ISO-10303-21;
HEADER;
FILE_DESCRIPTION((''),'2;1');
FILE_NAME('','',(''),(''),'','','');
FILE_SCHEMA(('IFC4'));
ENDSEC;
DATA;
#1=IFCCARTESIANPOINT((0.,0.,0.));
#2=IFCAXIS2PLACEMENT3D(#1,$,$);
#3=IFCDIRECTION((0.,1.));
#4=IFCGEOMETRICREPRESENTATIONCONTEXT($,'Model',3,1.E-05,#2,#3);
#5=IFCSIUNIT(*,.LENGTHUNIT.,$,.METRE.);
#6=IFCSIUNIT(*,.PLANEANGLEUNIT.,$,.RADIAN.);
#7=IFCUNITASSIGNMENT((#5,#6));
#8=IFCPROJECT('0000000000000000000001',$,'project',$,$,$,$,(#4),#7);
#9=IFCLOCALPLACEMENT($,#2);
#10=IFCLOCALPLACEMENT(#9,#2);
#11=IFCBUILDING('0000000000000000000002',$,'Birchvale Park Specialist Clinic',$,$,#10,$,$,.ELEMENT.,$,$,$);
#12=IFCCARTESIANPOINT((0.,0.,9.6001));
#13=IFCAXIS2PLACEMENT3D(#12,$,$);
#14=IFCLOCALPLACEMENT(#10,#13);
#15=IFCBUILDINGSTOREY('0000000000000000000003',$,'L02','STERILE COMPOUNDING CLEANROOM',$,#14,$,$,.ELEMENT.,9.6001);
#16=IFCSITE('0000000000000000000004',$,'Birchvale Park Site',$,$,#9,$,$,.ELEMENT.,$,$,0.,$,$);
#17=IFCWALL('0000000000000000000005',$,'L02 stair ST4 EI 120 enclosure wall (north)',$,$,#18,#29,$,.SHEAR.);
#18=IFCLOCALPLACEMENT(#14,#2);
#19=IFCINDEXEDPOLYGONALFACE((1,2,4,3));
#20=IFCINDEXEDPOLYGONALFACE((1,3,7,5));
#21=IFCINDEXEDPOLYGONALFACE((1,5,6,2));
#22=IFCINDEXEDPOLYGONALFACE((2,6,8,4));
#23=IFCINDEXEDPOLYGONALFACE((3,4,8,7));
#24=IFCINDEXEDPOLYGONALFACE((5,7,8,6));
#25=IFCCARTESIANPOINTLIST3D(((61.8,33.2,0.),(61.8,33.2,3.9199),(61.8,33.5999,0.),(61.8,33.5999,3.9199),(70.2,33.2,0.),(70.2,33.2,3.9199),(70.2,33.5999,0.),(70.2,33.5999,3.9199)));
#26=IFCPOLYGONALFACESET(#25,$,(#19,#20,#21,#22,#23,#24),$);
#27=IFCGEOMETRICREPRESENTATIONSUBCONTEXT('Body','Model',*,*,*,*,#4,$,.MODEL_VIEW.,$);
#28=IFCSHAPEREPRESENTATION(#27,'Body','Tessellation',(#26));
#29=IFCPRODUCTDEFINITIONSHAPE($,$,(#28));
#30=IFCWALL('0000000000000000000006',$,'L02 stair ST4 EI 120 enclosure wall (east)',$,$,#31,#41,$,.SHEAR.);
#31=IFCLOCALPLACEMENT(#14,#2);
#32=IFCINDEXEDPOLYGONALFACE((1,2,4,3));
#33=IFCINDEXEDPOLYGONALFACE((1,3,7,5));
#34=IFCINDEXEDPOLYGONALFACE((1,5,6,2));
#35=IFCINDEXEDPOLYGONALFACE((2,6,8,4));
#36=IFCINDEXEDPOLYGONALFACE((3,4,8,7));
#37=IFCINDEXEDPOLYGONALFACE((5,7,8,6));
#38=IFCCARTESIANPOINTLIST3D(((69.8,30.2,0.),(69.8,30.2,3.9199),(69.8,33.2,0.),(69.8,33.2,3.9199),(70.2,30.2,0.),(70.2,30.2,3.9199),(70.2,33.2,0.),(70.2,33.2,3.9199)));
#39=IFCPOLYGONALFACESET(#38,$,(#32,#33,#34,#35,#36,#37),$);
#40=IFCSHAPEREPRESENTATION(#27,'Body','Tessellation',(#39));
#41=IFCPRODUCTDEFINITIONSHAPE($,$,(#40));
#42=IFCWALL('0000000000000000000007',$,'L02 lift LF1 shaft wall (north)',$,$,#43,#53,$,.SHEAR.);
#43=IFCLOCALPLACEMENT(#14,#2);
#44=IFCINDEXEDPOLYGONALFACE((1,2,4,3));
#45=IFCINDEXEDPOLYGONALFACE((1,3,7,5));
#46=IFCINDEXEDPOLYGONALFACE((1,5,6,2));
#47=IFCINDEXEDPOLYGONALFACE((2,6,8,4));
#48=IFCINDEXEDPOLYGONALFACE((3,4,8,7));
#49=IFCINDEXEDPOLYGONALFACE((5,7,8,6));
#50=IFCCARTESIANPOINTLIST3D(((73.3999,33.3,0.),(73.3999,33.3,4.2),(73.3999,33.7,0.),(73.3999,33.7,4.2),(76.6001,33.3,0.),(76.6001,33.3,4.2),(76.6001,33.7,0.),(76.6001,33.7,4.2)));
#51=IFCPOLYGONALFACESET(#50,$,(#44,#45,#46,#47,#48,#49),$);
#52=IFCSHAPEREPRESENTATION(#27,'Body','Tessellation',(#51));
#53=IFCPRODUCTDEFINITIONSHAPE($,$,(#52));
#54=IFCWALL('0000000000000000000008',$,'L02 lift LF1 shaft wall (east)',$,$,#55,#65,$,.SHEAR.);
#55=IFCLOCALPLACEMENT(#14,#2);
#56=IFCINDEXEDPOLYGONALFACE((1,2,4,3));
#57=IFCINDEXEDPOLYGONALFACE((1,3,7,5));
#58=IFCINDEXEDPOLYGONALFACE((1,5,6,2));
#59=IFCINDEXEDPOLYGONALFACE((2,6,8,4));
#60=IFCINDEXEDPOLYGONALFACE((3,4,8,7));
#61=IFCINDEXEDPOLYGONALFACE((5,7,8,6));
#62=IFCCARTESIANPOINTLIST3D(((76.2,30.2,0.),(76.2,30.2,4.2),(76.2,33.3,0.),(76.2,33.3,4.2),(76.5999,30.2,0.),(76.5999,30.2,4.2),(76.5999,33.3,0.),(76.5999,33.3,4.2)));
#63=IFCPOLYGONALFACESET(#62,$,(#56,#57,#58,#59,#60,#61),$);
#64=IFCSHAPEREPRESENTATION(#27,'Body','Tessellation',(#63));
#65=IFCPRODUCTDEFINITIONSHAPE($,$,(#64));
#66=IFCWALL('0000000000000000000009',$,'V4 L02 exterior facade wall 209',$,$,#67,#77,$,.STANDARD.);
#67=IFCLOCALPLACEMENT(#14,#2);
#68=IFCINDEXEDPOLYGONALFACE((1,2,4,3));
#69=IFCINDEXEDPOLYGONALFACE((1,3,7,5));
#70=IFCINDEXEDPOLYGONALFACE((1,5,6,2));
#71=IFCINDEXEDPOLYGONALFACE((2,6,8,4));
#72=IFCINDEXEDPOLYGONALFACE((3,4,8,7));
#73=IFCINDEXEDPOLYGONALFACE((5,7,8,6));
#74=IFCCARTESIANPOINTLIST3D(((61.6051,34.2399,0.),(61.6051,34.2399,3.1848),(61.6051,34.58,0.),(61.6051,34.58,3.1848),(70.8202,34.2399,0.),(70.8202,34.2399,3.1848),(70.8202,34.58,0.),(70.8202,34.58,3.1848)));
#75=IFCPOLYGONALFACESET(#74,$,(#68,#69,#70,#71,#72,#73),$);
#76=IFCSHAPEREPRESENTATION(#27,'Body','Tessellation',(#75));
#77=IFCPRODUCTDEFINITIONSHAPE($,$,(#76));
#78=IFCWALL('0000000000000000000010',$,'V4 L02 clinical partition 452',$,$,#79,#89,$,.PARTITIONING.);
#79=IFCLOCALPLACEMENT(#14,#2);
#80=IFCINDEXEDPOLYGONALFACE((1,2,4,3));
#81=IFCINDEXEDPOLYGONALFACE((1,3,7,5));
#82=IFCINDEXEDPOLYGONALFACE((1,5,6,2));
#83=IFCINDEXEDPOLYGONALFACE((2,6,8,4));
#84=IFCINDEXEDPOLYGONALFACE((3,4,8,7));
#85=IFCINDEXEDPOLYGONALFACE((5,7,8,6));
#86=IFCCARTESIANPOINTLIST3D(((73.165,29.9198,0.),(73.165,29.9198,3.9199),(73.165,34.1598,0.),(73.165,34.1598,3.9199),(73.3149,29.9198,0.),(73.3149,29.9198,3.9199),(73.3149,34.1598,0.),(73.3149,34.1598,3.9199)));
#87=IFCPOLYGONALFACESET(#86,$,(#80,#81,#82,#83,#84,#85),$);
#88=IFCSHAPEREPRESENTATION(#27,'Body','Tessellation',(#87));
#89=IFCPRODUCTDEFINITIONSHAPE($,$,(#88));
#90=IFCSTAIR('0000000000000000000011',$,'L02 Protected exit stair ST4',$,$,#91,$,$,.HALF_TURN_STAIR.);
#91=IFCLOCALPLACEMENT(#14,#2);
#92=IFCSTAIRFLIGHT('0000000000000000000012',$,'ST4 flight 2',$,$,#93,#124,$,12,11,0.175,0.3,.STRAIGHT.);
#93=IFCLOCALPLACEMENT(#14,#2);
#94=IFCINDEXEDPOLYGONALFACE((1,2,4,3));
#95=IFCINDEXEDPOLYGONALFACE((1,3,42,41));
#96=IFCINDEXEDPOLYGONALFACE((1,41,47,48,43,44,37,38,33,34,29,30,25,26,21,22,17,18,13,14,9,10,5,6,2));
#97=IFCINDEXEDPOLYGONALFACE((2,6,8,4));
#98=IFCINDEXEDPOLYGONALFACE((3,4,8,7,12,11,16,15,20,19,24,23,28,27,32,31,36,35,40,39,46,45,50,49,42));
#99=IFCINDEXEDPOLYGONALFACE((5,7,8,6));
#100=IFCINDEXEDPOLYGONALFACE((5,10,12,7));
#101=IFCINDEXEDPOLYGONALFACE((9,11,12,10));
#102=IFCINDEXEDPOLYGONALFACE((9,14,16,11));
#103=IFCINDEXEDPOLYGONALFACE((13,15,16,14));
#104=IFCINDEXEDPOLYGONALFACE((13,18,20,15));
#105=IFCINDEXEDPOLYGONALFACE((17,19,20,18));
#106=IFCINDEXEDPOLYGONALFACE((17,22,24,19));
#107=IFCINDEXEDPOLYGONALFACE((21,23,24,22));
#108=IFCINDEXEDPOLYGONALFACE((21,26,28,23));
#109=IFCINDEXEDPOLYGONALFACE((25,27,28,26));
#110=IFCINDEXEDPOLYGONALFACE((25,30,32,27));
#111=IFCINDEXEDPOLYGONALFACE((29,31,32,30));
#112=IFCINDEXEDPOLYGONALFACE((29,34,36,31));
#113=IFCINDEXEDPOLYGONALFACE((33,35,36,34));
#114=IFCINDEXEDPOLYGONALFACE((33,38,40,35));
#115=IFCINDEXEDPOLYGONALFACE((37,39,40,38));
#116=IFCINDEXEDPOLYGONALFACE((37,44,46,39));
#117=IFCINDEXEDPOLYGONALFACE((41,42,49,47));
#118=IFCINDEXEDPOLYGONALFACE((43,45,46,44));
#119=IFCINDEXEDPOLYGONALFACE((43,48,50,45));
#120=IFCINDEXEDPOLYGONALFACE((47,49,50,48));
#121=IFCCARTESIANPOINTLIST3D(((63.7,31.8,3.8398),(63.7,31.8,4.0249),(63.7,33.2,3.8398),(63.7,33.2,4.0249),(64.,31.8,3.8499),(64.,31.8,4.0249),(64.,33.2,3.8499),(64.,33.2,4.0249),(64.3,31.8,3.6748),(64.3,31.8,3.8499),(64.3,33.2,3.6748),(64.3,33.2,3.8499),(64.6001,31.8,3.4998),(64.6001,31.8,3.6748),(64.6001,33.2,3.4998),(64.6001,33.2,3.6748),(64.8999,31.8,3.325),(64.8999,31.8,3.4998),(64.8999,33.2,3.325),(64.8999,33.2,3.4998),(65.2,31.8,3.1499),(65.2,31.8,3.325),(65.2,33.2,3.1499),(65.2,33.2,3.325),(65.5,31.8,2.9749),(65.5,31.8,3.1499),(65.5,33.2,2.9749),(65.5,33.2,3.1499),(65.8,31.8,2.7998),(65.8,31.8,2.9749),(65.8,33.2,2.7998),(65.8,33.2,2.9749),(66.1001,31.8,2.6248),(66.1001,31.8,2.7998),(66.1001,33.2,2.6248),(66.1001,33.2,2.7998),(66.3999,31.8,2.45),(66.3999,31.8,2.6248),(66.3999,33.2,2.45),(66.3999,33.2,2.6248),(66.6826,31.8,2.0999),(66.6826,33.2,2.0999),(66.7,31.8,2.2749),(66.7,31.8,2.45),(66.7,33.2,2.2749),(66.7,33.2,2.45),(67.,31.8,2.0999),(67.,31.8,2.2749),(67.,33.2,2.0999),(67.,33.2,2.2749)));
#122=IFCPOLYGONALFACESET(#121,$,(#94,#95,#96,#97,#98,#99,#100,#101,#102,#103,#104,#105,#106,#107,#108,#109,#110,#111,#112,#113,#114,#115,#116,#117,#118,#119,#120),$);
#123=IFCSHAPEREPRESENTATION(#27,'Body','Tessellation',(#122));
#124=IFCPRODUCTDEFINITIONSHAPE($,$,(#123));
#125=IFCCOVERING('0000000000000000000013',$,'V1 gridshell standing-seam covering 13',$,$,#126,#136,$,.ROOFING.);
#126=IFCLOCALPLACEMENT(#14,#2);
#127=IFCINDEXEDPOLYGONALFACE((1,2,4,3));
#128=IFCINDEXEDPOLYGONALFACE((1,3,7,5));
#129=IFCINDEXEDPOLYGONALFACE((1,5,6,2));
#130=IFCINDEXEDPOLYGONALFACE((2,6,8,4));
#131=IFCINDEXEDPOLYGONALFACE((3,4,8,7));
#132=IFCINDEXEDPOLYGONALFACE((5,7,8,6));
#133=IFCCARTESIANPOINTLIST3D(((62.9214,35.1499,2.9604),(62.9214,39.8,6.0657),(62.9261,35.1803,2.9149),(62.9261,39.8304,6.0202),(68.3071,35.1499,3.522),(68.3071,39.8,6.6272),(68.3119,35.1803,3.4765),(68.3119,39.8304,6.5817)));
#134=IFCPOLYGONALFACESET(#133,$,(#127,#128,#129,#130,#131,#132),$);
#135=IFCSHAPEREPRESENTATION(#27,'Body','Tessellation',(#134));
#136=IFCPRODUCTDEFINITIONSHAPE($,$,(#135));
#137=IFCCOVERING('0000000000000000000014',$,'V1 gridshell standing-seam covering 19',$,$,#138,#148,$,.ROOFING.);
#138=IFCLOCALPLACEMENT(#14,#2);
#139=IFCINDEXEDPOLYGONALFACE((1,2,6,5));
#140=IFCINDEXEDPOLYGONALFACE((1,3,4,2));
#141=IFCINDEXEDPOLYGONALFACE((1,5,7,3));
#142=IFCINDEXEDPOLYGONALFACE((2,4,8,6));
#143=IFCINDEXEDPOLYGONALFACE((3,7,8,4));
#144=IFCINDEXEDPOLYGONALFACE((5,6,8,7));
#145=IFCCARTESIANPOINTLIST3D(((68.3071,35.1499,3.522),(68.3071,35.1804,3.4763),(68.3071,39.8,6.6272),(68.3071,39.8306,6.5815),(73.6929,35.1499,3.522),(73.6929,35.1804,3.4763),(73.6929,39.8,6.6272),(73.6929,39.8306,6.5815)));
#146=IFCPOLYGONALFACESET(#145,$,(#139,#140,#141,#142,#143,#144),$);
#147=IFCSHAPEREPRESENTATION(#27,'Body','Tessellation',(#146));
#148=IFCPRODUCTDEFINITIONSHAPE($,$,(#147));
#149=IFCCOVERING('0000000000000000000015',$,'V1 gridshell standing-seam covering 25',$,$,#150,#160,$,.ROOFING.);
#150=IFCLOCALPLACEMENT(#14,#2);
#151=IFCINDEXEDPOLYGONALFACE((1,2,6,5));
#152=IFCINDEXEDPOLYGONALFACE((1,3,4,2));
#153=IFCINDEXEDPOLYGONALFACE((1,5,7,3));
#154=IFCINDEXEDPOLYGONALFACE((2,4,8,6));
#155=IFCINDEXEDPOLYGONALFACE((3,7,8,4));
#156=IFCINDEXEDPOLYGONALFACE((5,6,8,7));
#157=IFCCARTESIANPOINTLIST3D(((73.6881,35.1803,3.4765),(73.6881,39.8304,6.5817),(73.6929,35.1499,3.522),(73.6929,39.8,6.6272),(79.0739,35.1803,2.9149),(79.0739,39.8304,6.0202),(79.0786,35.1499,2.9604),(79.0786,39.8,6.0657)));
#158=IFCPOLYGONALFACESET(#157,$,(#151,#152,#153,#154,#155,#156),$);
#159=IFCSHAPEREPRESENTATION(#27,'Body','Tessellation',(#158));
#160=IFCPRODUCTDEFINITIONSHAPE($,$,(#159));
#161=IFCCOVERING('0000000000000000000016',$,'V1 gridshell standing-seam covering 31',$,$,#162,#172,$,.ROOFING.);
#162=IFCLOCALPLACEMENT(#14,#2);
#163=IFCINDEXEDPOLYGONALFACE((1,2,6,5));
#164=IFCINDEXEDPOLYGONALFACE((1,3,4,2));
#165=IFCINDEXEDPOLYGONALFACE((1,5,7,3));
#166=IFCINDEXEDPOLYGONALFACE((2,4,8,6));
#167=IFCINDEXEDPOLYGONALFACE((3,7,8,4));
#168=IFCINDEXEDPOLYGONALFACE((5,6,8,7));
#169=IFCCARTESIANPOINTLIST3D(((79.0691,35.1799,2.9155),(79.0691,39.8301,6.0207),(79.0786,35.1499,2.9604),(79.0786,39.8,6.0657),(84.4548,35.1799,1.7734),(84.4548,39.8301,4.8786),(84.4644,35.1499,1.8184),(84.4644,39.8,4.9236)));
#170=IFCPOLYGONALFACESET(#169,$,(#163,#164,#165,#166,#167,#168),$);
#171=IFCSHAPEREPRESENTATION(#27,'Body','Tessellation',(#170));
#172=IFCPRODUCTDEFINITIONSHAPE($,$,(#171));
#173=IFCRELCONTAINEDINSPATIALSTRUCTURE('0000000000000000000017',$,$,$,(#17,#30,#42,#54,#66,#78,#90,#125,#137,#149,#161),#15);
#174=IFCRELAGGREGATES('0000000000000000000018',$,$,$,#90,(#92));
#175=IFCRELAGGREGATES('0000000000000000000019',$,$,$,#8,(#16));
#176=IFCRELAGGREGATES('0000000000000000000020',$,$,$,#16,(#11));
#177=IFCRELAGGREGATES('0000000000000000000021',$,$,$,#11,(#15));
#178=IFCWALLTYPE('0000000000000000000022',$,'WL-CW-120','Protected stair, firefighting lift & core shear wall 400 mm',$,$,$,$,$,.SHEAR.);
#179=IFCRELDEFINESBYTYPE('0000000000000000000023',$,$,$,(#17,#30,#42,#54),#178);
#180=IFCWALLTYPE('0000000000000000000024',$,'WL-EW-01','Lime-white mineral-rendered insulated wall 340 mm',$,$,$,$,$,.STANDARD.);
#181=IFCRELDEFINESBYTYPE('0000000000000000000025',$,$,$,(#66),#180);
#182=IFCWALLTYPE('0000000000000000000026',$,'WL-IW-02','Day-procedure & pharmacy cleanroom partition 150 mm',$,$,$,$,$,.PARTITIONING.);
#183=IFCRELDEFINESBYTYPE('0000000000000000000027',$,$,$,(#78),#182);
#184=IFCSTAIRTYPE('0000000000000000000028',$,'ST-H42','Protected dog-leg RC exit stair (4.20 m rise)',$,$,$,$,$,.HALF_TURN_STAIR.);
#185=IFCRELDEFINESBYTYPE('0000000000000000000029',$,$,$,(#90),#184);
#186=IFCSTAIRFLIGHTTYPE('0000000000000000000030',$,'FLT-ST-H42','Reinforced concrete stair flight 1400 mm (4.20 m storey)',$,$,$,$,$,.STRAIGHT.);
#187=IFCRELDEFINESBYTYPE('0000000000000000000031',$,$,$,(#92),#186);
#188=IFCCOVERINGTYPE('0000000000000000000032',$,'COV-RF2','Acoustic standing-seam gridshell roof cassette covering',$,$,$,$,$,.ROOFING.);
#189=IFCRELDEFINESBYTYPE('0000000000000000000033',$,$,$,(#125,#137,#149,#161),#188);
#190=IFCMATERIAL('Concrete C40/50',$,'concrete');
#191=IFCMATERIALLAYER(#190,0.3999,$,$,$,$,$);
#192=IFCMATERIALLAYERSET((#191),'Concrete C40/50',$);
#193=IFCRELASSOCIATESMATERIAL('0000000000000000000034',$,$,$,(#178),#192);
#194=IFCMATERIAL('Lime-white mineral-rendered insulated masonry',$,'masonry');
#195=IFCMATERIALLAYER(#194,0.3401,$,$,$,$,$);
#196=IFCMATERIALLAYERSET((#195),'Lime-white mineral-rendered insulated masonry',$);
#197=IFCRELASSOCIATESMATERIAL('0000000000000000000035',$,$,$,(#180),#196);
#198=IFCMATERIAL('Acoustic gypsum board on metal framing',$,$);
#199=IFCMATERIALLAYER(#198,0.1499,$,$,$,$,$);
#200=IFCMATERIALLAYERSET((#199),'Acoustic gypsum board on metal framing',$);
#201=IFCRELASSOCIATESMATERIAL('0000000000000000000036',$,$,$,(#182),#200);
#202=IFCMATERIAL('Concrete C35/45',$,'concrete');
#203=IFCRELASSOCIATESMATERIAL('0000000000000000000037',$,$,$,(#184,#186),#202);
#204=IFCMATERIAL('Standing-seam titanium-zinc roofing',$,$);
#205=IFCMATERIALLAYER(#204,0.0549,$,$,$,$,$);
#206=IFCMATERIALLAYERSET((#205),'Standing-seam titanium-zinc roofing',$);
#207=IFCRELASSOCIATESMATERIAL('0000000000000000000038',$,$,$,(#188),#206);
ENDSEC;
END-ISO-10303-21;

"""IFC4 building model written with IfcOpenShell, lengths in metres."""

from ifc_helpers import new_model, si_unit, direction, frame, frame_2d, origin, place, context, subcontext, project, spatial, polyline, rectangle, outline, extrude, material, layer, layer_set, type_object, element, aggregate, save


model = new_model("IFC4")

# Units and contexts
model_context = context("Model", 3, precision=1e-05, world=origin(), true_north=direction((0.0, 1.0)))
body_context = subcontext(model_context, "Body", "Model", "MODEL_VIEW")
ifc_project = project(units=[si_unit("LENGTHUNIT", "METRE"), si_unit("PLANEANGLEUNIT", "RADIAN")], contexts=[model_context])

# Site, building, storey
site_placement = place(None, origin())
site = spatial("IfcSite", under=ifc_project, at=site_placement, Name="Birchvale Park Site", CompositionType="ELEMENT", RefElevation=0.0)
building_placement = place(site_placement, origin())
building = spatial("IfcBuilding", under=site, at=building_placement, Name="Birchvale Park Specialist Clinic", CompositionType="ELEMENT")
storey_placement = place(building_placement, frame((0.0, 0.0, 9.6001)))
storey = spatial("IfcBuildingStorey", under=building, at=storey_placement, Name="L02", Description="STERILE COMPOUNDING CLEANROOM", CompositionType="ELEMENT", Elevation=9.6001)

# Shared definitions
ifc_material_1 = material(Name="Concrete C40/50", Category="concrete")

# Shared definitions
ifc_material_2 = material(Name="Concrete C35/45", Category="concrete")

# Walls
ifc_layer_1 = layer(ifc_material_1, 0.3999)
ifc_layer_set_1 = layer_set([ifc_layer_1], Name="Concrete C40/50")
wall_type_1 = type_object("IfcWallType", Name="WL-CW-120", Description="Protected stair, firefighting lift & core shear wall 400 mm", PredefinedType="SHEAR", material=ifc_layer_set_1)
wall_1_placement = place(storey_placement, frame((70.2, 33.3999, 0.0), z_axis=(0.0, 0.0, 1.0), x_axis=(-1.0, 0.0, 0.0)))
element("IfcWall", 1, at=wall_1_placement, inside=storey, type_object=wall_type_1, Name="L02 stair ST4 EI 120 enclosure wall (north)", PredefinedType="SHEAR", context=body_context, shape_type="SweptSolid", body=[
    extrude(rectangle(XDim=8.3999, YDim=0.3999, at=frame_2d((4.2, 0.0))), origin(), (0.0, 0.0, 1.0), 3.9199),
])
wall_2_placement = place(storey_placement, frame((70.0, 33.2, 0.0), z_axis=(0.0, 0.0, 1.0), x_axis=(0.0, -1.0, 0.0)))
element("IfcWall", 2, at=wall_2_placement, inside=storey, type_object=wall_type_1, Name="L02 stair ST4 EI 120 enclosure wall (east)", PredefinedType="SHEAR", context=body_context, shape_type="SweptSolid", body=[
    extrude(rectangle(XDim=3.0, YDim=0.3999, at=frame_2d((1.5, 0.0))), origin(), (0.0, 0.0, 1.0), 3.9199),
])
wall_3_placement = place(storey_placement, frame((76.6001, 33.5, 0.0), z_axis=(0.0, 0.0, 1.0), x_axis=(-1.0, 0.0, 0.0)))
element("IfcWall", 3, at=wall_3_placement, inside=storey, type_object=wall_type_1, Name="L02 lift LF1 shaft wall (north)", PredefinedType="SHEAR", context=body_context, shape_type="SweptSolid", body=[
    extrude(rectangle(XDim=3.2002, YDim=0.3999, at=frame_2d((1.6001, 0.0))), origin(), (0.0, 0.0, 1.0), 4.2),
])
wall_4_placement = place(storey_placement, frame((76.3999, 33.3, 0.0), z_axis=(0.0, 0.0, 1.0), x_axis=(0.0, -1.0, 0.0)))
element("IfcWall", 4, at=wall_4_placement, inside=storey, type_object=wall_type_1, Name="L02 lift LF1 shaft wall (east)", PredefinedType="SHEAR", context=body_context, shape_type="SweptSolid", body=[
    extrude(rectangle(XDim=3.1001, YDim=0.3999, at=frame_2d((1.55, 0.0))), origin(), (0.0, 0.0, 1.0), 4.2),
])
ifc_material_3 = material(Name="Lime-white mineral-rendered insulated masonry", Category="masonry")
ifc_layer_2 = layer(ifc_material_3, 0.3401)
ifc_layer_set_2 = layer_set([ifc_layer_2], Name="Lime-white mineral-rendered insulated masonry")
wall_type_2 = type_object("IfcWallType", Name="WL-EW-01", Description="Lime-white mineral-rendered insulated wall 340 mm", PredefinedType="STANDARD", material=ifc_layer_set_2)
wall_5_placement = place(storey_placement, frame((70.8201, 34.4099, 0.0), z_axis=(0.0, 0.0, 1.0), x_axis=(-1.0, 0.0, 0.0)))
element("IfcWall", 5, at=wall_5_placement, inside=storey, type_object=wall_type_2, Name="V4 L02 exterior facade wall 209", PredefinedType="STANDARD", context=body_context, shape_type="SweptSolid", body=[
    extrude(rectangle(XDim=9.2151, YDim=0.3401, at=frame_2d((4.6074, 0.0))), origin(), (0.0, 0.0, 1.0), 3.1848),
])
ifc_material_4 = material(Name="Acoustic gypsum board on metal framing")
ifc_layer_3 = layer(ifc_material_4, 0.1499)
ifc_layer_set_3 = layer_set([ifc_layer_3], Name="Acoustic gypsum board on metal framing")
wall_type_3 = type_object("IfcWallType", Name="WL-IW-02", Description="Day-procedure & pharmacy cleanroom partition 150 mm", PredefinedType="PARTITIONING", material=ifc_layer_set_3)
wall_6_placement = place(storey_placement, frame((73.24, 34.1599, 0.0), z_axis=(0.0, 0.0, 1.0), x_axis=(0.0, -1.0, 0.0)))
element("IfcWall", 6, at=wall_6_placement, inside=storey, type_object=wall_type_3, Name="V4 L02 clinical partition 452", PredefinedType="PARTITIONING", context=body_context, shape_type="SweptSolid", body=[
    extrude(rectangle(XDim=4.24, YDim=0.1499, at=frame_2d((2.1201, 0.0))), origin(), (0.0, 0.0, 1.0), 3.9199),
])

# Stair, stair flight
stair_type = type_object("IfcStairType", Name="ST-H42", Description="Protected dog-leg RC exit stair (4.20 m rise)", PredefinedType="HALF_TURN_STAIR", material=ifc_material_2)
stair_placement = place(storey_placement, origin())
stair = element("IfcStair", 7, at=stair_placement, inside=storey, type_object=stair_type, Name="L02 Protected exit stair ST4", PredefinedType="HALF_TURN_STAIR")
stair_flight_type = type_object("IfcStairFlightType", Name="FLT-ST-H42", Description="Reinforced concrete stair flight 1400 mm (4.20 m storey)", PredefinedType="STRAIGHT", material=ifc_material_2)
stair_flight_placement = place(storey_placement, frame((67.0, 32.5, 2.0999), z_axis=(0.0, 0.0, 1.0), x_axis=(-1.0, 0.0, 0.0)))
stair_flight = element("IfcStairFlight", 8, at=stair_flight_placement, type_object=stair_flight_type, Name="ST4 flight 2", NumberOfRisers=12, NumberOfTreads=11, PredefinedType="STRAIGHT", RiserHeight=0.175, TreadLength=0.3, context=body_context, shape_type="SweptSolid", body=[
    extrude(outline(polyline([(0.0, 0.0), (0.0, 0.175), (0.3, 0.175), (0.3, 0.3501), (0.6001, 0.3501), (0.6001, 0.5249), (0.8999, 0.5249), (0.8999, 0.7), (1.2, 0.7), (1.2, 0.875), (1.5, 0.875), (1.5, 1.05), (1.8, 1.05), (1.8, 1.2251), (2.1001, 1.2251), (2.1001, 1.3999), (2.3999, 1.3999), (2.3999, 1.575), (2.7, 1.575), (2.7, 1.75), (3.0, 1.75), (3.0, 1.925), (3.3, 1.925), (3.3, 2.1001), (3.3, 1.74), (0.3174, 0.0), (0.0, 0.0)])), frame((0.0, 0.7, 0.0), z_axis=(0.0, -1.0, 0.0), x_axis=(1.0, 0.0, 0.0)), (0.0, 0.0, 1.0), 1.3999),
])
aggregate(stair, [stair_flight])

# Coverings
ifc_material_5 = material(Name="Standing-seam titanium-zinc roofing")
ifc_layer_4 = layer(ifc_material_5, 0.0549)
ifc_layer_set_4 = layer_set([ifc_layer_4], Name="Standing-seam titanium-zinc roofing")
covering_type = type_object("IfcCoveringType", Name="COV-RF2", Description="Acoustic standing-seam gridshell roof cassette covering", PredefinedType="ROOFING", material=ifc_layer_set_4)
covering_1_placement = place(storey_placement, frame((62.9214, 35.1499, 2.9604), z_axis=(-0.086382, -0.553259, 0.828518), x_axis=(0.994609, 0.0, 0.103699)))
element("IfcCovering", 9, at=covering_1_placement, inside=storey, type_object=covering_type, Name="V1 gridshell standing-seam covering 13", PredefinedType="ROOFING", context=body_context, shape_type="SweptSolid", body=[
    extrude(outline(polyline([(0.0, 0.0), (5.4149, 0.0), (5.7369, 5.5823), (0.322, 5.5823), (0.0, 0.0)])), origin(), (0.0, 0.0, -1.0), 0.0549),
])
covering_2_placement = place(storey_placement, frame((68.3071, 35.1499, 3.522), z_axis=(0.0, -0.555335, 0.831627), x_axis=(1.0, 0.0, 0.0)))
element("IfcCovering", 10, at=covering_2_placement, inside=storey, type_object=covering_type, Name="V1 gridshell standing-seam covering 19", PredefinedType="ROOFING", context=body_context, shape_type="SweptSolid", body=[
    extrude(outline(polyline([(0.0, 0.0), (5.3857, 0.0), (5.3857, 5.5916), (0.0, 5.5916), (0.0, 0.0)])), origin(), (0.0, 0.0, -1.0), 0.0549),
])
covering_3_placement = place(storey_placement, frame((73.6929, 35.1499, 3.522), z_axis=(0.086382, -0.553259, 0.828518), x_axis=(0.994609, 0.0, -0.103699)))
element("IfcCovering", 11, at=covering_3_placement, inside=storey, type_object=covering_type, Name="V1 gridshell standing-seam covering 25", PredefinedType="ROOFING", context=body_context, shape_type="SweptSolid", body=[
    extrude(outline(polyline([(0.0, 0.0), (5.4149, 0.0), (5.0929, 5.5823), (-0.322, 5.5823), (0.0, 0.0)])), origin(), (0.0, 0.0, -1.0), 0.0549),
])
covering_4_placement = place(storey_placement, frame((79.0786, 35.1499, 2.9604), z_axis=(0.173673, -0.546896, 0.818989), x_axis=(0.978247, 0.0, -0.207445)))
element("IfcCovering", 12, at=covering_4_placement, inside=storey, type_object=covering_type, Name="V1 gridshell standing-seam covering 31", PredefinedType="ROOFING", context=body_context, shape_type="SweptSolid", body=[
    extrude(outline(polyline([(0.0, 0.0), (5.5055, 0.0), (4.8613, 5.5544), (-0.6442, 5.5544), (0.0, 0.0)])), origin(), (0.0, 0.0, -1.0), 0.0549),
])

save(model, "model.ifc")
